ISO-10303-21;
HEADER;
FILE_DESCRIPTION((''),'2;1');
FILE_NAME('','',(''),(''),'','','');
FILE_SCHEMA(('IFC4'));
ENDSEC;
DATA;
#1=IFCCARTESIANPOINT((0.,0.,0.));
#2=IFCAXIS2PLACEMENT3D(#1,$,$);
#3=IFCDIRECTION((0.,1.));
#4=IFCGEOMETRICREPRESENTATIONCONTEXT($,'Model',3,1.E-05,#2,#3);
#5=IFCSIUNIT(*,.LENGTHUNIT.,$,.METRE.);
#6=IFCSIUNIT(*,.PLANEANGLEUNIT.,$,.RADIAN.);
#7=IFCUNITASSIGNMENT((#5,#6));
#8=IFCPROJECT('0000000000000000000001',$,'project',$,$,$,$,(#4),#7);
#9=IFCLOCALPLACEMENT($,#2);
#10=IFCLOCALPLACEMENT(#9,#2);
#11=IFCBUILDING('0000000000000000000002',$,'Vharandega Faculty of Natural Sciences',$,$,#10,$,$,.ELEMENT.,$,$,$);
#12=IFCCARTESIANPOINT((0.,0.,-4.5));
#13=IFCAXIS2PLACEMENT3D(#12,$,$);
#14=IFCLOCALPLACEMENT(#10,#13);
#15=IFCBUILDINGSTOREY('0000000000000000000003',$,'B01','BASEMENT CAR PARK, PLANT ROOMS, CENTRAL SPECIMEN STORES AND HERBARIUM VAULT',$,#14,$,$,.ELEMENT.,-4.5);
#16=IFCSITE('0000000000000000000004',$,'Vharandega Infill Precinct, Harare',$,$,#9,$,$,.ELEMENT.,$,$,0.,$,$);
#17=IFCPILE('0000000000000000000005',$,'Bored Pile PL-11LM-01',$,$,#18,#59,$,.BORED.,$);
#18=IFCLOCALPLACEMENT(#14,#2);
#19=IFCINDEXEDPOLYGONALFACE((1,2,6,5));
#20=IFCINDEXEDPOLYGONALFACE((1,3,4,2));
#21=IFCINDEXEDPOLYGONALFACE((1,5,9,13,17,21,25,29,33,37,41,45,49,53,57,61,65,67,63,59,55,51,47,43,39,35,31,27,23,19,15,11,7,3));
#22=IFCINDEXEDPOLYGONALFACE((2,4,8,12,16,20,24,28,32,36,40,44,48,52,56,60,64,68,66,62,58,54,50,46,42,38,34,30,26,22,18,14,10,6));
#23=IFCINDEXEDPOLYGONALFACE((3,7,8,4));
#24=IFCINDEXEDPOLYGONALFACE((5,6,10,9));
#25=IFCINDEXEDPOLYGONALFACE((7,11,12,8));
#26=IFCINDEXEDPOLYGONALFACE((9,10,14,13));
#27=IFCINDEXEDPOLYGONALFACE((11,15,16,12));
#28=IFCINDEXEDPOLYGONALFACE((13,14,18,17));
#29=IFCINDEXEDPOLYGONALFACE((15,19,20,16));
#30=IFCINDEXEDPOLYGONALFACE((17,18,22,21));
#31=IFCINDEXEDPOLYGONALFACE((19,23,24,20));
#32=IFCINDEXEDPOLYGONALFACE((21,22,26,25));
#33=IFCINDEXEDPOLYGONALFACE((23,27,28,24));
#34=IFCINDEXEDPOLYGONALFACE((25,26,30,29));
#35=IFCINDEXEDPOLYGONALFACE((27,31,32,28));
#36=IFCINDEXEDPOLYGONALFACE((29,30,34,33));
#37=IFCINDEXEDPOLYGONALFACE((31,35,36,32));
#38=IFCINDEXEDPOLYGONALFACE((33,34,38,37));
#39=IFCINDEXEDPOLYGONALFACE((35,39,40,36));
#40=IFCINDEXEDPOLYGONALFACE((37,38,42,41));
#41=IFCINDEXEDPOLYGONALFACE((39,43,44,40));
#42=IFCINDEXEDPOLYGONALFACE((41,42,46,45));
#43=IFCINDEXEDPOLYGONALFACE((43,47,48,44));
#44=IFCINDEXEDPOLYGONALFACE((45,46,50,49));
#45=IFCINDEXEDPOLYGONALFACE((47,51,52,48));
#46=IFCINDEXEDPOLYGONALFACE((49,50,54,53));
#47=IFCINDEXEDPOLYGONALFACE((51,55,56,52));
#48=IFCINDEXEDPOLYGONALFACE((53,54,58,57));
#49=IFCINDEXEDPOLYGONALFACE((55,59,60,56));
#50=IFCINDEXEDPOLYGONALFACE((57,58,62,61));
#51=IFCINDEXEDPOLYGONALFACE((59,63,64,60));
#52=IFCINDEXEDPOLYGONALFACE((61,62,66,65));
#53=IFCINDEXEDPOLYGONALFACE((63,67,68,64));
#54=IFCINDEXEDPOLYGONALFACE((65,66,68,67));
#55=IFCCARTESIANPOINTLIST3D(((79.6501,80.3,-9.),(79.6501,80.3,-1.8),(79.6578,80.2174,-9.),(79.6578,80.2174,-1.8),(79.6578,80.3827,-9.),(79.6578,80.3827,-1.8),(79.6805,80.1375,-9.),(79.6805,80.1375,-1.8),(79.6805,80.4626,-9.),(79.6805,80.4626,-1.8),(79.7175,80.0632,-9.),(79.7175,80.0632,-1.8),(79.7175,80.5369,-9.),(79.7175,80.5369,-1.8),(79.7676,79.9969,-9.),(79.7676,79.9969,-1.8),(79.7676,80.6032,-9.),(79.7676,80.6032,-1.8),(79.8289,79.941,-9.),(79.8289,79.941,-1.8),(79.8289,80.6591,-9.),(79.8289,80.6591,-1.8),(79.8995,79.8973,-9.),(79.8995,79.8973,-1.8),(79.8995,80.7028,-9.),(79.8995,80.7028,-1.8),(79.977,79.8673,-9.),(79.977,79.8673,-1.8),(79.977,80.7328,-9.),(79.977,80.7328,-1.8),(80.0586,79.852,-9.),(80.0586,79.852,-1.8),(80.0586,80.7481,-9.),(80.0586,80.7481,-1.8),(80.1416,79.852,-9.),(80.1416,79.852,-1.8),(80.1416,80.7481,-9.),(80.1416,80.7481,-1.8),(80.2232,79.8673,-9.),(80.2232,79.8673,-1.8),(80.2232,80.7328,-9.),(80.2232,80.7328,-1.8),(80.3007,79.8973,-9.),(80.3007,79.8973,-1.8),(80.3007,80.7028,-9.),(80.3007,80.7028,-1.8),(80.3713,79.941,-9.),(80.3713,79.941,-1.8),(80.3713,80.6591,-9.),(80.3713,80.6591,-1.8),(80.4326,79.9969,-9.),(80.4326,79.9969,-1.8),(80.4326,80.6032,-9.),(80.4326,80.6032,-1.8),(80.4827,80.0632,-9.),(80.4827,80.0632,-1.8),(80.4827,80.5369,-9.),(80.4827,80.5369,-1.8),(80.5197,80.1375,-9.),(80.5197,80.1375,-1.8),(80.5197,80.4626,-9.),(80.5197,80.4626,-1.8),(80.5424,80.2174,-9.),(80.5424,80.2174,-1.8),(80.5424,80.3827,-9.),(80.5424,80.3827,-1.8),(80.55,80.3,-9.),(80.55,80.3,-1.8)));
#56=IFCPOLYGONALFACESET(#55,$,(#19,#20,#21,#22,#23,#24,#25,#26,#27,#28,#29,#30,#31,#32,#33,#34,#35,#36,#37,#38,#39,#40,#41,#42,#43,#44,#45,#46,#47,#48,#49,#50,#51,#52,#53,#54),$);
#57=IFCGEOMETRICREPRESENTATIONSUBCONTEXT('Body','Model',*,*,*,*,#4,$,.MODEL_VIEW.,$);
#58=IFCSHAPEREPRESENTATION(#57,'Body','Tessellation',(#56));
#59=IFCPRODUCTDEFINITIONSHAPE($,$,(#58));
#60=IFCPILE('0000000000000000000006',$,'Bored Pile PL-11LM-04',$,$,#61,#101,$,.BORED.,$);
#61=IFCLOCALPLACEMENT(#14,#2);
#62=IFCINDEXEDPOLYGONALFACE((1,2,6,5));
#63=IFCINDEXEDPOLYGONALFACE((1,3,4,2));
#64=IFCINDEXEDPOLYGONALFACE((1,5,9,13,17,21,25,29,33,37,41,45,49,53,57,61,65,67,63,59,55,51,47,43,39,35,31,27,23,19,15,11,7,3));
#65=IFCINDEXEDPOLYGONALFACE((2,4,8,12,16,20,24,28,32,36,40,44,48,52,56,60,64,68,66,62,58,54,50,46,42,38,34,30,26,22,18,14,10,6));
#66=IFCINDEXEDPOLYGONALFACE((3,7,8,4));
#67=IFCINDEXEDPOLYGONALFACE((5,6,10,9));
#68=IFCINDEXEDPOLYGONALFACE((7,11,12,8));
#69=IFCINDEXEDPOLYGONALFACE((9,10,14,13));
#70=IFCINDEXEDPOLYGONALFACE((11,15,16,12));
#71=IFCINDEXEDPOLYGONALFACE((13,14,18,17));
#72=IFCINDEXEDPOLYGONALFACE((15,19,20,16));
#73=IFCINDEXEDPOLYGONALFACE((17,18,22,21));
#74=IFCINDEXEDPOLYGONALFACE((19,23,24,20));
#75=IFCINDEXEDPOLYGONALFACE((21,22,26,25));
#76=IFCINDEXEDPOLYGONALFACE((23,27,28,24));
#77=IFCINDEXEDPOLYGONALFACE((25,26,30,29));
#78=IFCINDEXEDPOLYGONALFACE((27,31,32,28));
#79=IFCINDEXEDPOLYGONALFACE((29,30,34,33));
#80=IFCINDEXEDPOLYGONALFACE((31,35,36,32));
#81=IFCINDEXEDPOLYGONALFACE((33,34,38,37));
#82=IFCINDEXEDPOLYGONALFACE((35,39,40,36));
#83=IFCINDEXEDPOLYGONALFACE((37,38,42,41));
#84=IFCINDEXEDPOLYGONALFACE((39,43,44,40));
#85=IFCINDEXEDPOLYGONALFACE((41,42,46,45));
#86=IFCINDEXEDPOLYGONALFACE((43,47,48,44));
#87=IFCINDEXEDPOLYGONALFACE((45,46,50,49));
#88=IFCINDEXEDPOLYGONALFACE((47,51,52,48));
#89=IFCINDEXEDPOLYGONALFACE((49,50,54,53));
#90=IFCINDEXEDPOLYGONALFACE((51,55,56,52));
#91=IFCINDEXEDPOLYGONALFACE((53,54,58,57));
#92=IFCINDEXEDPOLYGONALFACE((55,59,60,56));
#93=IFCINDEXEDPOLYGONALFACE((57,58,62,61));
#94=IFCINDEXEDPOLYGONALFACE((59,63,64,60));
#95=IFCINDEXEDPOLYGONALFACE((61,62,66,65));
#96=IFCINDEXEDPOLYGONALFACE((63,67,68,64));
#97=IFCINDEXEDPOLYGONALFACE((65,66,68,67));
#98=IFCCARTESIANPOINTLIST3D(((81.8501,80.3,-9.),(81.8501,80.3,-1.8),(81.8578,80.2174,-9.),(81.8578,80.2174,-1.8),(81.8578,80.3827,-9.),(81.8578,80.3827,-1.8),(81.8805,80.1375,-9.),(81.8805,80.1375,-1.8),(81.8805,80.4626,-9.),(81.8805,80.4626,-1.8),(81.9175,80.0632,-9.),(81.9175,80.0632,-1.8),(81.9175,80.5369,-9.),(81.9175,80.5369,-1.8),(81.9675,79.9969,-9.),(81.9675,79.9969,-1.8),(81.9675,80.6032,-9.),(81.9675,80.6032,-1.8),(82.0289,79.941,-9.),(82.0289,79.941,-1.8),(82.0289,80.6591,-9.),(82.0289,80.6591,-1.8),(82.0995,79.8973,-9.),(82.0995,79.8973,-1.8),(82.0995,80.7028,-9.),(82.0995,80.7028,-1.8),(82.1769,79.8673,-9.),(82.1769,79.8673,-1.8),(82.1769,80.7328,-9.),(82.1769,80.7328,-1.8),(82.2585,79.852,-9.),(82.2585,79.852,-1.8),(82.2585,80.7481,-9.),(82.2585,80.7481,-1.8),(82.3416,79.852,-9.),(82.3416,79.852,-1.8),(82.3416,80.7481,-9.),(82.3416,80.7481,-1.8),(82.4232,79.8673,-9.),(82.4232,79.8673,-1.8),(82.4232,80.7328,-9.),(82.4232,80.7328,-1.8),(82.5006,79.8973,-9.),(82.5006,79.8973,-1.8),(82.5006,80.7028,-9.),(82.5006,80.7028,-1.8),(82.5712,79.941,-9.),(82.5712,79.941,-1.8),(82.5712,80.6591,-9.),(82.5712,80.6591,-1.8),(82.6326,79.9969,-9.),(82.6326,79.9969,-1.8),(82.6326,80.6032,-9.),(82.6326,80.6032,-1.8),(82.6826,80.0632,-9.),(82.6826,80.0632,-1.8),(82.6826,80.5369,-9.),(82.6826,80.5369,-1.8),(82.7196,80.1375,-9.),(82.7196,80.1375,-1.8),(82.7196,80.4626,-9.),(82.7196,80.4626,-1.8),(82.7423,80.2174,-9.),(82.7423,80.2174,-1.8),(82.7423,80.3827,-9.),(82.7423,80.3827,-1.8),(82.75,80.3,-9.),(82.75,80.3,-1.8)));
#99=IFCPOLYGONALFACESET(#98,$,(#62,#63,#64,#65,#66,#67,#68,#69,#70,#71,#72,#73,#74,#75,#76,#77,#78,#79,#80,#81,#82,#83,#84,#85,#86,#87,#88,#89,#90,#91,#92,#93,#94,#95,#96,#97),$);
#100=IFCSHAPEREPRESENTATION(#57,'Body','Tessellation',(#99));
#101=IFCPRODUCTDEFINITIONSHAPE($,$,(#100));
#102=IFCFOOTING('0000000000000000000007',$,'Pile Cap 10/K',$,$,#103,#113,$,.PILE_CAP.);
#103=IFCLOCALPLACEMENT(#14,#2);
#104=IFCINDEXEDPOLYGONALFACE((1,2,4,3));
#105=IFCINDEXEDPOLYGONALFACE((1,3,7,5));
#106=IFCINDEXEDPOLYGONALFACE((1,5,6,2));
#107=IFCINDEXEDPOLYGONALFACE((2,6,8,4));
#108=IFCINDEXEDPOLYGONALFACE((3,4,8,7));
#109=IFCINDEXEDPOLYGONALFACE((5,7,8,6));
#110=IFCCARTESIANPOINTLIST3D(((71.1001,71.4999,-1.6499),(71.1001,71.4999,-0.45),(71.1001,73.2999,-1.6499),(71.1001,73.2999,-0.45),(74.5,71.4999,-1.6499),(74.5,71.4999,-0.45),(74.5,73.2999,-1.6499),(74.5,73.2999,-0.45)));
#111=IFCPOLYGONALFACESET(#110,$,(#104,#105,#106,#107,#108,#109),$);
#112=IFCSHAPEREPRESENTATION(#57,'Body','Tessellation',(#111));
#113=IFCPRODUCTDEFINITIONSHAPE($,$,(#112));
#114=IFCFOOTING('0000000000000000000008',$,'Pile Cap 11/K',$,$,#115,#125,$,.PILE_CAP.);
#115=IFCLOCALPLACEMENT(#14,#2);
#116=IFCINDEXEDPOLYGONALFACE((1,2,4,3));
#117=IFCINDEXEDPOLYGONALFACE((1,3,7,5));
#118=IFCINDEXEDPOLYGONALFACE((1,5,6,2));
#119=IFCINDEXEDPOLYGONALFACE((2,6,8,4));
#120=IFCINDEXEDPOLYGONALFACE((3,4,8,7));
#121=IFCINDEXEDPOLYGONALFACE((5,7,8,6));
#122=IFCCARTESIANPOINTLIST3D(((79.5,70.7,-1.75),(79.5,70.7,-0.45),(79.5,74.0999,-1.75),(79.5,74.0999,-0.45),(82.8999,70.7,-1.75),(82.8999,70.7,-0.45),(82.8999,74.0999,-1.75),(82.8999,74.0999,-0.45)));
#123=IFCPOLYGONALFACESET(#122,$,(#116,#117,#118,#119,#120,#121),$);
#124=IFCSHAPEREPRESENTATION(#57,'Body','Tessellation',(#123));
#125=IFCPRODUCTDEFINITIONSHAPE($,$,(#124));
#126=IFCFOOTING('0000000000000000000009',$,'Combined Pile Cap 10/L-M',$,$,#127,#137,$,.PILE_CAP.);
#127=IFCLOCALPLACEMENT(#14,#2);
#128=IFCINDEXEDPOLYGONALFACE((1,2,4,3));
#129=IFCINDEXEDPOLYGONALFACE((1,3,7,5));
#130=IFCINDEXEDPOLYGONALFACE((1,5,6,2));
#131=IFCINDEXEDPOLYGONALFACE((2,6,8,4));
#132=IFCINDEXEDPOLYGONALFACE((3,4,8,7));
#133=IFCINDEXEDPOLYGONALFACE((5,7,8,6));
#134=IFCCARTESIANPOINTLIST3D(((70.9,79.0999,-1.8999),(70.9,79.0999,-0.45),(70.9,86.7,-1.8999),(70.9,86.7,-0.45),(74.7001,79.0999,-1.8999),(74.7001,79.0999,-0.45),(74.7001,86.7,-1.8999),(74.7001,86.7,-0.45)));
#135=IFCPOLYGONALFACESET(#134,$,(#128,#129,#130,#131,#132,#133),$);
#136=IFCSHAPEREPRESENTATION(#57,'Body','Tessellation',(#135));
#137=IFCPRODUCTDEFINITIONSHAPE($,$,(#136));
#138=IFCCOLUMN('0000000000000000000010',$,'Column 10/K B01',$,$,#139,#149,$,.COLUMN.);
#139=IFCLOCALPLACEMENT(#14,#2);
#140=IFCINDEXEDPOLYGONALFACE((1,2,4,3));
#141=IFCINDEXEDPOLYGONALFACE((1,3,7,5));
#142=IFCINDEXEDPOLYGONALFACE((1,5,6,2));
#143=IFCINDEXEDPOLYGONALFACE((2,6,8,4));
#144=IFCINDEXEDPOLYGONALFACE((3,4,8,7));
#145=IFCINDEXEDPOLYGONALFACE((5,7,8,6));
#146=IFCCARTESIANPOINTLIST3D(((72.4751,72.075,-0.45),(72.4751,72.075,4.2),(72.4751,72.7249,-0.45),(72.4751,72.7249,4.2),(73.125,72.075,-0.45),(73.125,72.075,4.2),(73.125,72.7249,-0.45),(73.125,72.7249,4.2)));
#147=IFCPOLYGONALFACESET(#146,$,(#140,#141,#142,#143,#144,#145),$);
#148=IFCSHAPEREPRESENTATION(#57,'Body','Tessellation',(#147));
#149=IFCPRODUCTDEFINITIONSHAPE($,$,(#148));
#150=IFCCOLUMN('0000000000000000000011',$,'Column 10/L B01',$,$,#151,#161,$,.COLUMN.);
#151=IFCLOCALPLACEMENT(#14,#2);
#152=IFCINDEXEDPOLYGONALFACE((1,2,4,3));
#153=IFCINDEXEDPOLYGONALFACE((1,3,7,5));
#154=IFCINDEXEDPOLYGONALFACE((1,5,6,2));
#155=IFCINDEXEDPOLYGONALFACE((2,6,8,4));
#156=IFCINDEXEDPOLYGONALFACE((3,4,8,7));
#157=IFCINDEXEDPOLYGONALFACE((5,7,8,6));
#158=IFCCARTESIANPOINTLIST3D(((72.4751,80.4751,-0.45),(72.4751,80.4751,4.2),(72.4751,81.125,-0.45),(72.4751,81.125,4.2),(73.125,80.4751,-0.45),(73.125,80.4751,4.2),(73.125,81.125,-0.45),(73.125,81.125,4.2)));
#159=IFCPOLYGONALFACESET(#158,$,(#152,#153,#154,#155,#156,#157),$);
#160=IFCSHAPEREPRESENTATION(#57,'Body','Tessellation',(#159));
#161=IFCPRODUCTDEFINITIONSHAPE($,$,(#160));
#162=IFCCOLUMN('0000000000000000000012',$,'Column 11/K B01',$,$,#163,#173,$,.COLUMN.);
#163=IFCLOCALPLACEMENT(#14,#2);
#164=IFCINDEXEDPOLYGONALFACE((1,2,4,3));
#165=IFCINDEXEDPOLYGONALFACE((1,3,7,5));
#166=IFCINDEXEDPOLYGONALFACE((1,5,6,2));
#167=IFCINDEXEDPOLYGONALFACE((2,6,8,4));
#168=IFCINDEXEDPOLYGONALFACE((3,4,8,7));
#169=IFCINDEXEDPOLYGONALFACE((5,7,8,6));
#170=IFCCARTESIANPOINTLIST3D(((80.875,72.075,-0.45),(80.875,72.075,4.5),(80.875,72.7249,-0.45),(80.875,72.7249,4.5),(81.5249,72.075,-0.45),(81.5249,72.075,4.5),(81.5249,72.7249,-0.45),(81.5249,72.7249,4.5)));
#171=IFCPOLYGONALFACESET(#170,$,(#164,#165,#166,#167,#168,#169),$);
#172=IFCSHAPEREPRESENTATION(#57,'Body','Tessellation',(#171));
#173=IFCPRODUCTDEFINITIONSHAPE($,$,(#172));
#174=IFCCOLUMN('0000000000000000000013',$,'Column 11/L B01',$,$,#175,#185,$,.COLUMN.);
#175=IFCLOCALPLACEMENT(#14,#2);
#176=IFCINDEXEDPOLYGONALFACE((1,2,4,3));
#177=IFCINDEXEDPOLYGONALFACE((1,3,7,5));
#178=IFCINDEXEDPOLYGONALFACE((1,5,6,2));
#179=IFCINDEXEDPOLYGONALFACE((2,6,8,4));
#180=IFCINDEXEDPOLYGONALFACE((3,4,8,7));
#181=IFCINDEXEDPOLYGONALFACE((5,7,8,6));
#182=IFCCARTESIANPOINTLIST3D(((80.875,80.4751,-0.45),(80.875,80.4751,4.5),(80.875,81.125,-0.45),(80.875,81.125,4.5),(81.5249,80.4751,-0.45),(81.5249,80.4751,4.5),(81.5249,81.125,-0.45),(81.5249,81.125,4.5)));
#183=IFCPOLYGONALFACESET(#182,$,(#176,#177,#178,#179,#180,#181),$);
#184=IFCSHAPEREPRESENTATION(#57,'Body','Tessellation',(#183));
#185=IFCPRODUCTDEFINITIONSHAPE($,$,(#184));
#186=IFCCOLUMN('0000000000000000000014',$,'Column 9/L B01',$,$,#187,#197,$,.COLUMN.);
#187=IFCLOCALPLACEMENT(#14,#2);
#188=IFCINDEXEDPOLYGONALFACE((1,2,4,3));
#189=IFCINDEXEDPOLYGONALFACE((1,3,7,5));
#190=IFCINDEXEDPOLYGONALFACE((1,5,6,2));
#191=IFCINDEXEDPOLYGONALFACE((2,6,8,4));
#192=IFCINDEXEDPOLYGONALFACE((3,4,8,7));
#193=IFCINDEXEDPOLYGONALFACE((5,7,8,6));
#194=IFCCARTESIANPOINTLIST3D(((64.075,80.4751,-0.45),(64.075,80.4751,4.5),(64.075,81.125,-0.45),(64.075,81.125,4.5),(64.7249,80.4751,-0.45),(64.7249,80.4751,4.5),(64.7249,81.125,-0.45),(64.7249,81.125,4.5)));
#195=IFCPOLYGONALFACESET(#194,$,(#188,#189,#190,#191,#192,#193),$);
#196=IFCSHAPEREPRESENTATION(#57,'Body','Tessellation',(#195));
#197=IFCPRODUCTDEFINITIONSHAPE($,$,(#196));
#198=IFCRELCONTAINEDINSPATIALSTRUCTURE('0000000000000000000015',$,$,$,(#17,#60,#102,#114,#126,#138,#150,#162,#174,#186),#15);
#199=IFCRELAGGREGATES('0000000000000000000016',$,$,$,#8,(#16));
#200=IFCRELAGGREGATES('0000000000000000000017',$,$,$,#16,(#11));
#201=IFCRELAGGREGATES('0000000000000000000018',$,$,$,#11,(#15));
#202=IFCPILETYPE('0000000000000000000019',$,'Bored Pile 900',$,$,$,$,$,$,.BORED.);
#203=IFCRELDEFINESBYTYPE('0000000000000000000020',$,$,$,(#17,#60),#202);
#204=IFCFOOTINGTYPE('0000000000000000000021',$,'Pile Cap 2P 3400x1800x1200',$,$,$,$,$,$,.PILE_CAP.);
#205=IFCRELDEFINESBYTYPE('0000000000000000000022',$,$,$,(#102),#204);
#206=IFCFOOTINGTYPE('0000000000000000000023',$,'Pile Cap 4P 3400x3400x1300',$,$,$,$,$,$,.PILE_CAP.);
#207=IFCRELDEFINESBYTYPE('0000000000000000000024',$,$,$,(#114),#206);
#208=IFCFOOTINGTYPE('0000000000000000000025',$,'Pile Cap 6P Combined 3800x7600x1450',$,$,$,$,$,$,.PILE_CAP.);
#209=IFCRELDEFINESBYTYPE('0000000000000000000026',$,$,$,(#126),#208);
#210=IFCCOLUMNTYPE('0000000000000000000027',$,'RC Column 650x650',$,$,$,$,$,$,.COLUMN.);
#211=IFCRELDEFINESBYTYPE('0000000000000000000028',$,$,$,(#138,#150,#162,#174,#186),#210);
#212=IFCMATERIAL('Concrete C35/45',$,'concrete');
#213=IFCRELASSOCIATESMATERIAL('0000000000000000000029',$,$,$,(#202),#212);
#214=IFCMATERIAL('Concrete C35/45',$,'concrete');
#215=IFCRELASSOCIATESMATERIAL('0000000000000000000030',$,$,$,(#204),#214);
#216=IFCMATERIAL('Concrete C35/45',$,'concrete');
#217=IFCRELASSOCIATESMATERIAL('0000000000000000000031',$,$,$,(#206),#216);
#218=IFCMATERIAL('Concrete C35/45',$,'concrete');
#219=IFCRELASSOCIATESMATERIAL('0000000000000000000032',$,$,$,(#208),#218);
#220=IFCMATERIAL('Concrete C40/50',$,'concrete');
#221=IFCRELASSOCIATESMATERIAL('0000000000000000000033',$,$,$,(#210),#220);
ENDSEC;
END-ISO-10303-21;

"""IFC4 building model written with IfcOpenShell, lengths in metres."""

from ifc_helpers import new_model, si_unit, direction, frame, origin, origin_2d, place, context, subcontext, project, spatial, rectangle, circle, extrude, material, material_profile, profile_set, type_object, element, save


model = new_model("IFC4")

# Units and contexts
model_context = context("Model", 3, precision=1e-05, world=origin(), true_north=direction((0.0, 1.0)))
body_context = subcontext(model_context, "Body", "Model", "MODEL_VIEW")
ifc_project = project(units=[si_unit("LENGTHUNIT", "METRE"), si_unit("PLANEANGLEUNIT", "RADIAN")], contexts=[model_context])

# Site, building, storey
site_placement = place(None, origin())
site = spatial("IfcSite", under=ifc_project, at=site_placement, Name="Vharandega Infill Precinct, Harare", CompositionType="ELEMENT", RefElevation=0.0)
building_placement = place(site_placement, origin())
building = spatial("IfcBuilding", under=site, at=building_placement, Name="Vharandega Faculty of Natural Sciences", CompositionType="ELEMENT")
storey_placement = place(building_placement, frame((0.0, 0.0, -4.5)))
storey = spatial("IfcBuildingStorey", under=building, at=storey_placement, Name="B01", Description="BASEMENT CAR PARK, PLANT ROOMS, CENTRAL SPECIMEN STORES AND HERBARIUM VAULT", CompositionType="ELEMENT", Elevation=-4.5)

# Piles
ifc_material_1 = material(Name="Concrete C35/45", Category="concrete")
ifc_material_profile_1 = material_profile(ifc_material_1, circle(Radius=0.45, at=origin_2d()), Name="PILE 900")
ifc_profile_set_1 = profile_set([ifc_material_profile_1], Name="Concrete C35/45")
pile_type_1 = type_object("IfcPileType", Name="Bored Pile 900", PredefinedType="BORED", material=ifc_profile_set_1)
for number, where, z_axis, x_axis, name in (
    (1, (80.1001, 80.3, -1.8), (0.0, 0.0, -1.0), (1.0, 0.0, 0.0), "Bored Pile PL-11LM-01"),
    (2, (82.3, 80.3, -1.8), (0.0, 0.0, -1.0), (1.0, 0.0, 0.0), "Bored Pile PL-11LM-04"),
):
    element("IfcPile", number, at=place(storey_placement, frame(where, z_axis=z_axis, x_axis=x_axis)), inside=storey, type_object=pile_type_1, Name=name, PredefinedType="BORED", context=body_context, shape_type="SweptSolid", body=[
        extrude(circle(Radius=0.45, at=origin_2d()), origin(), (0.0, 0.0, 1.0), 7.2),
    ])

# Footings
ifc_material_2 = material(Name="Concrete C35/45", Category="concrete")
footing_type_1 = type_object("IfcFootingType", Name="Pile Cap 2P 3400x1800x1200", PredefinedType="PILE_CAP", material=ifc_material_2)
footing_1_placement = place(storey_placement, frame((72.8, 72.3999, -1.6499), z_axis=(0.0, 0.0, 1.0), x_axis=(1.0, 0.0, 0.0)))
element("IfcFooting", 3, at=footing_1_placement, inside=storey, type_object=footing_type_1, Name="Pile Cap 10/K", PredefinedType="PILE_CAP", context=body_context, shape_type="SweptSolid", body=[
    extrude(rectangle(XDim=3.3999, YDim=1.8, at=origin_2d()), origin(), (0.0, 0.0, 1.0), 1.2),
])
ifc_material_3 = material(Name="Concrete C35/45", Category="concrete")
footing_type_2 = type_object("IfcFootingType", Name="Pile Cap 4P 3400x3400x1300", PredefinedType="PILE_CAP", material=ifc_material_3)
footing_2_placement = place(storey_placement, frame((81.2, 72.3999, -1.75), z_axis=(0.0, 0.0, 1.0), x_axis=(1.0, 0.0, 0.0)))
element("IfcFooting", 4, at=footing_2_placement, inside=storey, type_object=footing_type_2, Name="Pile Cap 11/K", PredefinedType="PILE_CAP", context=body_context, shape_type="SweptSolid", body=[
    extrude(rectangle(XDim=3.3999, YDim=3.3999, at=origin_2d()), origin(), (0.0, 0.0, 1.0), 1.3),
])
ifc_material_4 = material(Name="Concrete C35/45", Category="concrete")
footing_type_3 = type_object("IfcFootingType", Name="Pile Cap 6P Combined 3800x7600x1450", PredefinedType="PILE_CAP", material=ifc_material_4)
footing_3_placement = place(storey_placement, frame((72.8, 82.8999, -1.8999), z_axis=(0.0, 0.0, 1.0), x_axis=(1.0, 0.0, 0.0)))
element("IfcFooting", 5, at=footing_3_placement, inside=storey, type_object=footing_type_3, Name="Combined Pile Cap 10/L-M", PredefinedType="PILE_CAP", context=body_context, shape_type="SweptSolid", body=[
    extrude(rectangle(XDim=3.8, YDim=7.6001, at=origin_2d()), origin(), (0.0, 0.0, 1.0), 1.45),
])

# Columns
ifc_material_5 = material(Name="Concrete C40/50", Category="concrete")
ifc_material_profile_2 = material_profile(ifc_material_5, rectangle(XDim=0.6499, YDim=0.6499, at=origin_2d()), Name="RC 650x650")
ifc_profile_set_2 = profile_set([ifc_material_profile_2], Name="Concrete C40/50")
column_type = type_object("IfcColumnType", Name="RC Column 650x650", PredefinedType="COLUMN", material=ifc_profile_set_2)
for number, where, z_axis, x_axis, name in (
    (6, (72.8, 72.3999, -0.45), (0.0, 0.0, 1.0), (1.0, 0.0, 0.0), "Column 10/K B01"),
    (7, (72.8, 80.8, -0.45), (0.0, 0.0, 1.0), (1.0, 0.0, 0.0), "Column 10/L B01"),
):
    element("IfcColumn", number, at=place(storey_placement, frame(where, z_axis=z_axis, x_axis=x_axis)), inside=storey, type_object=column_type, Name=name, PredefinedType="COLUMN", context=body_context, shape_type="SweptSolid", body=[
        extrude(rectangle(XDim=0.6499, YDim=0.6499, at=origin_2d()), origin(), (0.0, 0.0, 1.0), 4.6499),
    ])
for number, where, z_axis, x_axis, name in (
    (8, (81.2, 72.3999, -0.45), (0.0, 0.0, 1.0), (1.0, 0.0, 0.0), "Column 11/K B01"),
    (9, (81.2, 80.8, -0.45), (0.0, 0.0, 1.0), (1.0, 0.0, 0.0), "Column 11/L B01"),
    (10, (64.3999, 80.8, -0.45), (0.0, 0.0, 1.0), (1.0, 0.0, 0.0), "Column 9/L B01"),
):
    element("IfcColumn", number, at=place(storey_placement, frame(where, z_axis=z_axis, x_axis=x_axis)), inside=storey, type_object=column_type, Name=name, PredefinedType="COLUMN", context=body_context, shape_type="SweptSolid", body=[
        extrude(rectangle(XDim=0.6499, YDim=0.6499, at=origin_2d()), origin(), (0.0, 0.0, 1.0), 4.95),
    ])

save(model, "model.ifc")
